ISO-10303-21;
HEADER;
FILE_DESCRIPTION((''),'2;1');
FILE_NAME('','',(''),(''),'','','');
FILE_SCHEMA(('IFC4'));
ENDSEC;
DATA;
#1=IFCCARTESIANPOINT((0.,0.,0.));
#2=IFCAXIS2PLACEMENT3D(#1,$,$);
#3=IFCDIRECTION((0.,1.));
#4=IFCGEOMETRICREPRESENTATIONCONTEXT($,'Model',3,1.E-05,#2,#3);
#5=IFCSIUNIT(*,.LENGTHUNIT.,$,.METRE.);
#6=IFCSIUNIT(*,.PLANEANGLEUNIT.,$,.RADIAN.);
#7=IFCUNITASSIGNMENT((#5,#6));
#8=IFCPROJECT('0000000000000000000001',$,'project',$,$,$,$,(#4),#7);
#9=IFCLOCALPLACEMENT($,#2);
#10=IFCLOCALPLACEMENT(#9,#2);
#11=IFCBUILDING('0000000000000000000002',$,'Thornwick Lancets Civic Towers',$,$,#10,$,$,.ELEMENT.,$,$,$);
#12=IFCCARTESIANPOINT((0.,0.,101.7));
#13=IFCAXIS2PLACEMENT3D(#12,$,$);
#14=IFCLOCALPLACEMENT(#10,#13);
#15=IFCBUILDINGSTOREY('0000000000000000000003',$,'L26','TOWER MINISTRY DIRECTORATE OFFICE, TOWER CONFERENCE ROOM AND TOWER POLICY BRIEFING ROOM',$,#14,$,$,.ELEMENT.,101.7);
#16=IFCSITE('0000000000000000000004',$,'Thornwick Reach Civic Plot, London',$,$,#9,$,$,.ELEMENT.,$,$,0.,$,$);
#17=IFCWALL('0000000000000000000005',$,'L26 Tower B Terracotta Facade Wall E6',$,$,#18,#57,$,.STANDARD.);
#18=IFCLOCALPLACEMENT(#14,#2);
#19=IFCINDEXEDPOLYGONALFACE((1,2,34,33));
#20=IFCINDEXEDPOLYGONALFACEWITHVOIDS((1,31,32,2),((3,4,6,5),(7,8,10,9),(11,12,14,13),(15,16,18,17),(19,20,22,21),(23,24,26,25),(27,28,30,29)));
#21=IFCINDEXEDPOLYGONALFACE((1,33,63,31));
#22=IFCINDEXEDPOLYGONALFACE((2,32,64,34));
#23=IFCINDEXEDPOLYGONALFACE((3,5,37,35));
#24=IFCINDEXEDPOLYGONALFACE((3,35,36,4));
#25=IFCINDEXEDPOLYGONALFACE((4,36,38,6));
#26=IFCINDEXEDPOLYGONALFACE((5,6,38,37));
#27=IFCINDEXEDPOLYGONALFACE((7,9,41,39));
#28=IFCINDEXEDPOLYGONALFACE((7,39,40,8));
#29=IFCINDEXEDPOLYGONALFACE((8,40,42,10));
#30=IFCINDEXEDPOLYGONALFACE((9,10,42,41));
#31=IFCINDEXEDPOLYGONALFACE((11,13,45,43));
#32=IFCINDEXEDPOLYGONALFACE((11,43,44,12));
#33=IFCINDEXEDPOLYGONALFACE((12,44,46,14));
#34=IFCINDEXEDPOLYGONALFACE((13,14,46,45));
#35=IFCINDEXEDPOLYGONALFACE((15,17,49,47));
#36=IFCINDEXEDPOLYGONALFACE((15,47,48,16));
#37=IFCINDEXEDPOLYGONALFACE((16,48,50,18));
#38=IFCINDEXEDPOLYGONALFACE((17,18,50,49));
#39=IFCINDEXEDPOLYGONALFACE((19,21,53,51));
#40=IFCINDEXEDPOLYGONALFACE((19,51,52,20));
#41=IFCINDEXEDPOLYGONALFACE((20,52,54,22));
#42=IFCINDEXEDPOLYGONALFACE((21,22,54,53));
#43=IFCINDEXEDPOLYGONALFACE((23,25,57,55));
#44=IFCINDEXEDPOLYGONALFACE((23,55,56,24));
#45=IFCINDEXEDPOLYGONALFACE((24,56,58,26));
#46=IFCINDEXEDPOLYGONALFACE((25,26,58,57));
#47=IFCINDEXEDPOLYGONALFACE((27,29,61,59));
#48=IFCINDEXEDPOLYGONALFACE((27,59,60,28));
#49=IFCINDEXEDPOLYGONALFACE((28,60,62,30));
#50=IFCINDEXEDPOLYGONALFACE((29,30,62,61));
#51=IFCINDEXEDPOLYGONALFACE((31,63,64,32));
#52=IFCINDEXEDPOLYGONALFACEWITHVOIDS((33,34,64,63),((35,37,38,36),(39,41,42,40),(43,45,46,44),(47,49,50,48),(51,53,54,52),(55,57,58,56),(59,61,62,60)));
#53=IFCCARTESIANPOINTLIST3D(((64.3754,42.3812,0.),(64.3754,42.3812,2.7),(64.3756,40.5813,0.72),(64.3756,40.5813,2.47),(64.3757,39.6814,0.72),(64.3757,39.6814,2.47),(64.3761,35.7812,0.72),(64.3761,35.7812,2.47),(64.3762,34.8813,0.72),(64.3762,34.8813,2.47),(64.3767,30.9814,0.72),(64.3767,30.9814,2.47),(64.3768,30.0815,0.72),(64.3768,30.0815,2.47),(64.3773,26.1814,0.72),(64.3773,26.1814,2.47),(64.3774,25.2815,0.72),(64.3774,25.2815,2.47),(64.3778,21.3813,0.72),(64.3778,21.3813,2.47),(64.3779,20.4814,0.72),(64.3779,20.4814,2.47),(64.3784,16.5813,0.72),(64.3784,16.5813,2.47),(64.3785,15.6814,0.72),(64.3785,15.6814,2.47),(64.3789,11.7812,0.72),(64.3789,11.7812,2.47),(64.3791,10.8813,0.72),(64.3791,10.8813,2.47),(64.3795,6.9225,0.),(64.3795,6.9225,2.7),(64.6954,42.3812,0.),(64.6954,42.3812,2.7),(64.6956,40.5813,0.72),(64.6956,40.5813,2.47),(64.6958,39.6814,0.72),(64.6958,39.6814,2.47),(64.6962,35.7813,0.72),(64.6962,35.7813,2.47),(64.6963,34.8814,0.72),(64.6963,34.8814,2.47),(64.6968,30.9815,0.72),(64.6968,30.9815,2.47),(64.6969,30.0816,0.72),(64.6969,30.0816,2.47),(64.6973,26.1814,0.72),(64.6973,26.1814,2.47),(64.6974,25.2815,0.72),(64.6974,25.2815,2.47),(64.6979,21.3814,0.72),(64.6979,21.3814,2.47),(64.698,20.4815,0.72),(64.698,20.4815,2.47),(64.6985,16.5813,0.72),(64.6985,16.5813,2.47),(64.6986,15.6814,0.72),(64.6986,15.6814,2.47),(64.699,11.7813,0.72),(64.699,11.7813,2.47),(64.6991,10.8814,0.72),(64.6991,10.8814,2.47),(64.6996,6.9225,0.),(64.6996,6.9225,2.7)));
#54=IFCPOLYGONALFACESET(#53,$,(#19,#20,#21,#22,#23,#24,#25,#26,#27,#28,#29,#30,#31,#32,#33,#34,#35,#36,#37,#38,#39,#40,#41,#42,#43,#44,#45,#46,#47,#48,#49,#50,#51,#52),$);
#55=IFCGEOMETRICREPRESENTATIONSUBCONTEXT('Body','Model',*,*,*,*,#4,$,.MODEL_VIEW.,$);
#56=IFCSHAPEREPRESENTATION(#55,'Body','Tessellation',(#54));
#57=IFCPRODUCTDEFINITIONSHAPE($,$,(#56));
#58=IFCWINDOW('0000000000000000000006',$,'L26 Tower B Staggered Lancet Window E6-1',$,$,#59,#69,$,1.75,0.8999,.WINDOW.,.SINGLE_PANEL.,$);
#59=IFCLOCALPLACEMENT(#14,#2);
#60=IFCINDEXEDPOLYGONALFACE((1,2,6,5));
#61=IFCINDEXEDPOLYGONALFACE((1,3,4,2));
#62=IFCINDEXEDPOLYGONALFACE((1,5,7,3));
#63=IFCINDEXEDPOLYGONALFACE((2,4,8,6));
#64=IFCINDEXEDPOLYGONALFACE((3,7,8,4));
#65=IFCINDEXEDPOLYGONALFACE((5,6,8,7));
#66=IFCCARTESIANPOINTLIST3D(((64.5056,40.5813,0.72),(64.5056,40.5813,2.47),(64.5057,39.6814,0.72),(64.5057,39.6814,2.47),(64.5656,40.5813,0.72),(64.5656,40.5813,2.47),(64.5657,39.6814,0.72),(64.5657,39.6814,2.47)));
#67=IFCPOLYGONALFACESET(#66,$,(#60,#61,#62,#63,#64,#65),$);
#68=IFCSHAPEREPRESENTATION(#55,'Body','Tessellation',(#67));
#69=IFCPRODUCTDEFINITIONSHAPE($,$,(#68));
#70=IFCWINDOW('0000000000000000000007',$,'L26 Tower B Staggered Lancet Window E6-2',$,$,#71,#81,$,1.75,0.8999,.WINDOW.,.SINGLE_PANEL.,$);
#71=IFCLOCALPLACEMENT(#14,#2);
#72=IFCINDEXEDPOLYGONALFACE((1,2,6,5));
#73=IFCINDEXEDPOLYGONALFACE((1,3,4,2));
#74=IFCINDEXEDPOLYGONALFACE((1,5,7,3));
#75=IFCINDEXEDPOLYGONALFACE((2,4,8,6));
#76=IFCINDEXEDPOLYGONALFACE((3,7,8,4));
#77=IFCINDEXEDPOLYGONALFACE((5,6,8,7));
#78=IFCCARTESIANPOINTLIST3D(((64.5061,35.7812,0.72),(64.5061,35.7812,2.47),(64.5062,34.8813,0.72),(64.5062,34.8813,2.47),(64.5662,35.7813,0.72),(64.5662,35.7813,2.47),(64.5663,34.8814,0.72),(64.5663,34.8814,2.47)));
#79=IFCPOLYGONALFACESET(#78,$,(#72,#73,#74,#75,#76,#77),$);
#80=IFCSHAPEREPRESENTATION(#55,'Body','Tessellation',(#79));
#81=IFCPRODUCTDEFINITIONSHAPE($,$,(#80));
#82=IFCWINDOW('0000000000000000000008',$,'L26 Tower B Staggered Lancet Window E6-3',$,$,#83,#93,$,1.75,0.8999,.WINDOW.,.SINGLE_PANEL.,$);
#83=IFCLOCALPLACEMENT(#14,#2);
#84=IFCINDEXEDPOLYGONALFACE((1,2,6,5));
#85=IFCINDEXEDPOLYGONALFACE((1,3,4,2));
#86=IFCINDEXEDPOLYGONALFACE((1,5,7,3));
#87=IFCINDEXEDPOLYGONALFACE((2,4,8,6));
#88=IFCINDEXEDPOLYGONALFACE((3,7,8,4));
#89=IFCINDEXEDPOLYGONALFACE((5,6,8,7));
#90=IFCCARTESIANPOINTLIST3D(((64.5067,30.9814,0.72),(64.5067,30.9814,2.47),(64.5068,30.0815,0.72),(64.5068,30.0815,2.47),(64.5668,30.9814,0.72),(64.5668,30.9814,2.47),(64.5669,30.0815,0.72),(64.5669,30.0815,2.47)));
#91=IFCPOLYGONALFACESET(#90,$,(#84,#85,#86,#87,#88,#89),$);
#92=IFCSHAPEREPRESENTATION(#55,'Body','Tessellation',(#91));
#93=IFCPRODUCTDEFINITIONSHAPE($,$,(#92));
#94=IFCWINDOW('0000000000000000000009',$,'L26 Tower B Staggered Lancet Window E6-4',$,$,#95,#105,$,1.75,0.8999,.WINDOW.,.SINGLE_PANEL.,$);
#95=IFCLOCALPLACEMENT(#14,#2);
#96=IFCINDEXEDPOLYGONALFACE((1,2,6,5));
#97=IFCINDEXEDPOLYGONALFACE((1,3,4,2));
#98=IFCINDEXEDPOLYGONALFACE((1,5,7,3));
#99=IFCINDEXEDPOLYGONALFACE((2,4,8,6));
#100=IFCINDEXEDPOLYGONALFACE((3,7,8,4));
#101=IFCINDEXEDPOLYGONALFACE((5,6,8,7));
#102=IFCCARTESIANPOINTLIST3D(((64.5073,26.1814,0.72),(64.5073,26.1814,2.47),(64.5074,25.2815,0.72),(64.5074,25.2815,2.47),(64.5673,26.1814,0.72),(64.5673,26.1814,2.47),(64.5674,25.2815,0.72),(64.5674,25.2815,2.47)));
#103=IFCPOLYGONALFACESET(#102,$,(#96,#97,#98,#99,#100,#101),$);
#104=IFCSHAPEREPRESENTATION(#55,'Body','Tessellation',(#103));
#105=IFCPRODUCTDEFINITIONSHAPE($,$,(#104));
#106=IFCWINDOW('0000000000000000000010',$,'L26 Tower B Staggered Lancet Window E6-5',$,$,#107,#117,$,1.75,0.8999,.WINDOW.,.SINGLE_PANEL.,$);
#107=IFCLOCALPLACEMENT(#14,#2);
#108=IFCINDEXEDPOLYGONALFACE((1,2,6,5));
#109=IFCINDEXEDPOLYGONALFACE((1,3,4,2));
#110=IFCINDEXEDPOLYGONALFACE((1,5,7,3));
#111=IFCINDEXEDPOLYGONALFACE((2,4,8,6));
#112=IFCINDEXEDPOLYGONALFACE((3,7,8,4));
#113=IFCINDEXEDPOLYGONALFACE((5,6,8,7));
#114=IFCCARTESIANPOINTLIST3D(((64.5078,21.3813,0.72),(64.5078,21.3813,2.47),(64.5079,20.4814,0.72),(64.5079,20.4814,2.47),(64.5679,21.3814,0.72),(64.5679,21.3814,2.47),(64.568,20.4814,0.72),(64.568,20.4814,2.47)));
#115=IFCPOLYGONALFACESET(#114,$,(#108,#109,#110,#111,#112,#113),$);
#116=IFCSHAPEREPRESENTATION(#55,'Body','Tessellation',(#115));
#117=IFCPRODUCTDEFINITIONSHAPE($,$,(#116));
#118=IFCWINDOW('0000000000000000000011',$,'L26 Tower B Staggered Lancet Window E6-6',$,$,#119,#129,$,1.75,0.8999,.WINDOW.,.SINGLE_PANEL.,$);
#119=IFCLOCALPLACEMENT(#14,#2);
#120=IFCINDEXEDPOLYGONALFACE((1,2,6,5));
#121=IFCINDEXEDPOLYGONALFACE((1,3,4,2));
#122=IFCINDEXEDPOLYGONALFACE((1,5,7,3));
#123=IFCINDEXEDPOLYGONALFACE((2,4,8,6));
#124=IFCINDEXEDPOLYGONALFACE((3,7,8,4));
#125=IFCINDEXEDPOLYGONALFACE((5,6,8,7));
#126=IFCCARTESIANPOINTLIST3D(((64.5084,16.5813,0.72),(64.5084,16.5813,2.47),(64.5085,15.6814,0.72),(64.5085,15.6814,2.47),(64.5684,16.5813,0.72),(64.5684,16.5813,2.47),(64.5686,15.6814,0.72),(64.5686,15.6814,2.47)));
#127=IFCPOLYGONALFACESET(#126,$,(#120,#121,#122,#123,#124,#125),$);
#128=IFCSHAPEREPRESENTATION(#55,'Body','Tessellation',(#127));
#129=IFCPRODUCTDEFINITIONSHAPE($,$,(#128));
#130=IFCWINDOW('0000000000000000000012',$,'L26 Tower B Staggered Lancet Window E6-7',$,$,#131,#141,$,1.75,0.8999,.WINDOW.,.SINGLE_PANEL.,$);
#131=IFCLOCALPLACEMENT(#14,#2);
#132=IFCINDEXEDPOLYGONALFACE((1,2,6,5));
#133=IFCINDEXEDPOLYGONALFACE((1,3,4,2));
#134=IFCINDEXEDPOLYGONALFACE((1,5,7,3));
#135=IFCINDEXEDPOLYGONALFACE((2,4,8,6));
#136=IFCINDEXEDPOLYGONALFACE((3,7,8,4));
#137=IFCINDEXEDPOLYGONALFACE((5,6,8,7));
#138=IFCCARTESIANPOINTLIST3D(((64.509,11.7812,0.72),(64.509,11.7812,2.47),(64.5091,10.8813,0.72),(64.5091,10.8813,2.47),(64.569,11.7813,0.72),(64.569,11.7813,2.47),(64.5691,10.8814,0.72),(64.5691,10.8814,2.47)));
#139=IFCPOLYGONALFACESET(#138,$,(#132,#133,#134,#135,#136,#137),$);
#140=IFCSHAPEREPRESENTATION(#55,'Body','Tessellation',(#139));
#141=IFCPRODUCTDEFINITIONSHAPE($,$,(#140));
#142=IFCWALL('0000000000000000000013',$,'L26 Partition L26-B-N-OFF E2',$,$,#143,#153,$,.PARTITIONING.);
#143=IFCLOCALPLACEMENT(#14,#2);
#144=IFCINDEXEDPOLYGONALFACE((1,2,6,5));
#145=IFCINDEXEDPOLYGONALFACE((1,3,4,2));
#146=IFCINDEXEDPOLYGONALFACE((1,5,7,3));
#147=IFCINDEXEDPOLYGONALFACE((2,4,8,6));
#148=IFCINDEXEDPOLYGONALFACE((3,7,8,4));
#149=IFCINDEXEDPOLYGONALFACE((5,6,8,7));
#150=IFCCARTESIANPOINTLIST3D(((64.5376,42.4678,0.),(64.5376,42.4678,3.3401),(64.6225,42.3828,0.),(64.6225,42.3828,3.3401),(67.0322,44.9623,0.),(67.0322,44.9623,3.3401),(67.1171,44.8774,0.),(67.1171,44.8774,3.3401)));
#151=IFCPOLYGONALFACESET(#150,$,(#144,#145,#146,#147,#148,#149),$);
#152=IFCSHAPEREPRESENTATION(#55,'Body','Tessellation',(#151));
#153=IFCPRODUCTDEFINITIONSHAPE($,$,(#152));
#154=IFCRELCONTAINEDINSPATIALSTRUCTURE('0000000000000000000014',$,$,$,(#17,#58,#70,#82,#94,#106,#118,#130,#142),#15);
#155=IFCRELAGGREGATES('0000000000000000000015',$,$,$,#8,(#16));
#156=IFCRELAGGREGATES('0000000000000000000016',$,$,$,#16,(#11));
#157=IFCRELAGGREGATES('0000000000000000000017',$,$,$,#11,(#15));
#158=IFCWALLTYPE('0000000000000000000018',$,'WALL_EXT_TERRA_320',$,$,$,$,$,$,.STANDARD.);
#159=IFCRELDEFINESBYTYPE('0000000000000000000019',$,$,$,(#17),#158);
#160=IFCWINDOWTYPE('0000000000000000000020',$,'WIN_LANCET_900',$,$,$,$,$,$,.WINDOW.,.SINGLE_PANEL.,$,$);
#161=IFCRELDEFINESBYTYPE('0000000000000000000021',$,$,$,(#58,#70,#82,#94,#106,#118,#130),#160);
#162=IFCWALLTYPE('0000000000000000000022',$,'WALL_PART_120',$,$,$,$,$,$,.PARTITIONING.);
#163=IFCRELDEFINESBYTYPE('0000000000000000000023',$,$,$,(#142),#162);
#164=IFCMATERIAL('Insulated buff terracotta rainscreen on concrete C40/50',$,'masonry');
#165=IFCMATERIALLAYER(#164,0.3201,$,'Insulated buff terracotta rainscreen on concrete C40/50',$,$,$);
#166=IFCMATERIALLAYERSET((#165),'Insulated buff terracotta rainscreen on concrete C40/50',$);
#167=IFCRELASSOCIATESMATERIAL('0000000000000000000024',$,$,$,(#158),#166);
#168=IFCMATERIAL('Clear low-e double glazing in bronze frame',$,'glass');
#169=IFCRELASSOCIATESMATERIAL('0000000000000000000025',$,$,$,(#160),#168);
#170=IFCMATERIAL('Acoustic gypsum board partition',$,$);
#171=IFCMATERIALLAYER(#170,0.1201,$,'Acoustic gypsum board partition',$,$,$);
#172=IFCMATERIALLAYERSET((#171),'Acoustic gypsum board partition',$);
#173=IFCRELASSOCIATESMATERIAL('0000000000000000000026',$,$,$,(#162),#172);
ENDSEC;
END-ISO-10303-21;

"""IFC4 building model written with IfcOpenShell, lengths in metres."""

from ifc_helpers import new_model, si_unit, direction, frame, frame_2d, origin, place, context, subcontext, project, spatial, rectangle, extrude, material, layer, layer_set, type_object, element, fill, save


model = new_model("IFC4")

# Units and contexts
model_context = context("Model", 3, precision=1e-05, world=origin(), true_north=direction((0.0, 1.0)))
body_context = subcontext(model_context, "Body", "Model", "MODEL_VIEW")
ifc_project = project(units=[si_unit("LENGTHUNIT", "METRE"), si_unit("PLANEANGLEUNIT", "RADIAN")], contexts=[model_context])

# Site, building, storey
site_placement = place(None, origin())
site = spatial("IfcSite", under=ifc_project, at=site_placement, Name="Thornwick Reach Civic Plot, London", CompositionType="ELEMENT", RefElevation=0.0)
building_placement = place(site_placement, origin())
building = spatial("IfcBuilding", under=site, at=building_placement, Name="Thornwick Lancets Civic Towers", CompositionType="ELEMENT")
storey_placement = place(building_placement, frame((0.0, 0.0, 101.7)))
storey = spatial("IfcBuildingStorey", under=building, at=storey_placement, Name="L26", Description="TOWER MINISTRY DIRECTORATE OFFICE, TOWER CONFERENCE ROOM AND TOWER POLICY BRIEFING ROOM", CompositionType="ELEMENT", Elevation=101.7)

# Wall, openings, windows
ifc_material_1 = material(Name="Insulated buff terracotta rainscreen on concrete C40/50", Category="masonry")
ifc_layer_1 = layer(ifc_material_1, 0.3201, Name="Insulated buff terracotta rainscreen on concrete C40/50")
ifc_layer_set_1 = layer_set([ifc_layer_1], Name="Insulated buff terracotta rainscreen on concrete C40/50")
wall_type_1 = type_object("IfcWallType", Name="WALL_EXT_TERRA_320", PredefinedType="STANDARD", material=ifc_layer_set_1)
wall_1_placement = place(storey_placement, frame((64.5354, 42.3813, 0.0), z_axis=(0.0, 0.0, 1.0), x_axis=(0.000117, -1.0, 0.0)))
wall_1 = element("IfcWall", 1, at=wall_1_placement, inside=storey, type_object=wall_type_1, Name="L26 Tower B Terracotta Facade Wall E6", PredefinedType="STANDARD", context=body_context, shape_type="SweptSolid", body=[
    extrude(rectangle(XDim=35.4587, YDim=0.3201, at=frame_2d((17.7295, 0.0))), origin(), (0.0, 0.0, 1.0), 2.7),
])
opening_1_placement = place(wall_1_placement, frame((1.8, 0.0, 0.72)))
opening_1 = element("IfcOpeningElement", 2, at=opening_1_placement, cuts=wall_1, PredefinedType="OPENING", context=body_context, shape_type="SweptSolid", body=[
    extrude(rectangle(XDim=0.8999, YDim=1.75, at=frame_2d((0.45, 0.875))), frame((0.0, 0.1699, 0.0), z_axis=(0.0, -1.0, 0.0), x_axis=(1.0, 0.0, 0.0)), (0.0, 0.0, 1.0), 0.3401),
])
opening_2_placement = place(wall_1_placement, frame((6.6001, 0.0, 0.72)))
opening_2 = element("IfcOpeningElement", 3, at=opening_2_placement, cuts=wall_1, PredefinedType="OPENING", context=body_context, shape_type="SweptSolid", body=[
    extrude(rectangle(XDim=0.8999, YDim=1.75, at=frame_2d((0.45, 0.875))), frame((0.0, 0.1699, 0.0), z_axis=(0.0, -1.0, 0.0), x_axis=(1.0, 0.0, 0.0)), (0.0, 0.0, 1.0), 0.3401),
])
opening_3_placement = place(wall_1_placement, frame((11.3999, 0.0, 0.72)))
opening_3 = element("IfcOpeningElement", 4, at=opening_3_placement, cuts=wall_1, PredefinedType="OPENING", context=body_context, shape_type="SweptSolid", body=[
    extrude(rectangle(XDim=0.8999, YDim=1.75, at=frame_2d((0.45, 0.875))), frame((0.0, 0.1699, 0.0), z_axis=(0.0, -1.0, 0.0), x_axis=(1.0, 0.0, 0.0)), (0.0, 0.0, 1.0), 0.3401),
])
opening_4_placement = place(wall_1_placement, frame((16.2, 0.0, 0.72)))
opening_4 = element("IfcOpeningElement", 5, at=opening_4_placement, cuts=wall_1, PredefinedType="OPENING", context=body_context, shape_type="SweptSolid", body=[
    extrude(rectangle(XDim=0.8999, YDim=1.75, at=frame_2d((0.45, 0.875))), frame((0.0, 0.1699, 0.0), z_axis=(0.0, -1.0, 0.0), x_axis=(1.0, 0.0, 0.0)), (0.0, 0.0, 1.0), 0.3401),
])
opening_5_placement = place(wall_1_placement, frame((21.0, 0.0, 0.72)))
opening_5 = element("IfcOpeningElement", 6, at=opening_5_placement, cuts=wall_1, PredefinedType="OPENING", context=body_context, shape_type="SweptSolid", body=[
    extrude(rectangle(XDim=0.8999, YDim=1.75, at=frame_2d((0.45, 0.875))), frame((0.0, 0.1699, 0.0), z_axis=(0.0, -1.0, 0.0), x_axis=(1.0, 0.0, 0.0)), (0.0, 0.0, 1.0), 0.3401),
])
opening_6_placement = place(wall_1_placement, frame((25.8, 0.0, 0.72)))
opening_6 = element("IfcOpeningElement", 7, at=opening_6_placement, cuts=wall_1, PredefinedType="OPENING", context=body_context, shape_type="SweptSolid", body=[
    extrude(rectangle(XDim=0.8999, YDim=1.75, at=frame_2d((0.45, 0.875))), frame((0.0, 0.1699, 0.0), z_axis=(0.0, -1.0, 0.0), x_axis=(1.0, 0.0, 0.0)), (0.0, 0.0, 1.0), 0.3401),
])
opening_7_placement = place(wall_1_placement, frame((30.6001, 0.0, 0.72)))
opening_7 = element("IfcOpeningElement", 8, at=opening_7_placement, cuts=wall_1, PredefinedType="OPENING", context=body_context, shape_type="SweptSolid", body=[
    extrude(rectangle(XDim=0.8999, YDim=1.75, at=frame_2d((0.45, 0.875))), frame((0.0, 0.1699, 0.0), z_axis=(0.0, -1.0, 0.0), x_axis=(1.0, 0.0, 0.0)), (0.0, 0.0, 1.0), 0.3401),
])
ifc_material_2 = material(Name="Clear low-e double glazing in bronze frame", Category="glass")
window_type = type_object("IfcWindowType", Name="WIN_LANCET_900", PartitioningType="SINGLE_PANEL", PredefinedType="WINDOW", material=ifc_material_2)
window_1_placement = place(opening_1_placement, origin())
window_1 = element("IfcWindow", 9, at=window_1_placement, inside=storey, type_object=window_type, Name="L26 Tower B Staggered Lancet Window E6-1", OverallHeight=1.75, OverallWidth=0.8999, PartitioningType="SINGLE_PANEL", PredefinedType="WINDOW", context=body_context, shape_type="SweptSolid", body=[
    extrude(rectangle(XDim=0.8999, YDim=1.75, at=frame_2d((0.45, 0.875))), frame((0.0, 0.03, 0.0), z_axis=(0.0, -1.0, 0.0), x_axis=(1.0, 0.0, 0.0)), (0.0, 0.0, 1.0), 0.0601),
])
fill(opening_1, window_1)
window_2_placement = place(opening_2_placement, origin())
window_2 = element("IfcWindow", 10, at=window_2_placement, inside=storey, type_object=window_type, Name="L26 Tower B Staggered Lancet Window E6-2", OverallHeight=1.75, OverallWidth=0.8999, PartitioningType="SINGLE_PANEL", PredefinedType="WINDOW", context=body_context, shape_type="SweptSolid", body=[
    extrude(rectangle(XDim=0.8999, YDim=1.75, at=frame_2d((0.45, 0.875))), frame((0.0, 0.03, 0.0), z_axis=(0.0, -1.0, 0.0), x_axis=(1.0, 0.0, 0.0)), (0.0, 0.0, 1.0), 0.0601),
])
fill(opening_2, window_2)
window_3_placement = place(opening_3_placement, origin())
window_3 = element("IfcWindow", 11, at=window_3_placement, inside=storey, type_object=window_type, Name="L26 Tower B Staggered Lancet Window E6-3", OverallHeight=1.75, OverallWidth=0.8999, PartitioningType="SINGLE_PANEL", PredefinedType="WINDOW", context=body_context, shape_type="SweptSolid", body=[
    extrude(rectangle(XDim=0.8999, YDim=1.75, at=frame_2d((0.45, 0.875))), frame((0.0, 0.03, 0.0), z_axis=(0.0, -1.0, 0.0), x_axis=(1.0, 0.0, 0.0)), (0.0, 0.0, 1.0), 0.0601),
])
fill(opening_3, window_3)
window_4_placement = place(opening_4_placement, origin())
window_4 = element("IfcWindow", 12, at=window_4_placement, inside=storey, type_object=window_type, Name="L26 Tower B Staggered Lancet Window E6-4", OverallHeight=1.75, OverallWidth=0.8999, PartitioningType="SINGLE_PANEL", PredefinedType="WINDOW", context=body_context, shape_type="SweptSolid", body=[
    extrude(rectangle(XDim=0.8999, YDim=1.75, at=frame_2d((0.45, 0.875))), frame((0.0, 0.03, 0.0), z_axis=(0.0, -1.0, 0.0), x_axis=(1.0, 0.0, 0.0)), (0.0, 0.0, 1.0), 0.0601),
])
fill(opening_4, window_4)
window_5_placement = place(opening_5_placement, origin())
window_5 = element("IfcWindow", 13, at=window_5_placement, inside=storey, type_object=window_type, Name="L26 Tower B Staggered Lancet Window E6-5", OverallHeight=1.75, OverallWidth=0.8999, PartitioningType="SINGLE_PANEL", PredefinedType="WINDOW", context=body_context, shape_type="SweptSolid", body=[
    extrude(rectangle(XDim=0.8999, YDim=1.75, at=frame_2d((0.45, 0.875))), frame((0.0, 0.03, 0.0), z_axis=(0.0, -1.0, 0.0), x_axis=(1.0, 0.0, 0.0)), (0.0, 0.0, 1.0), 0.0601),
])
fill(opening_5, window_5)
window_6_placement = place(opening_6_placement, origin())
window_6 = element("IfcWindow", 14, at=window_6_placement, inside=storey, type_object=window_type, Name="L26 Tower B Staggered Lancet Window E6-6", OverallHeight=1.75, OverallWidth=0.8999, PartitioningType="SINGLE_PANEL", PredefinedType="WINDOW", context=body_context, shape_type="SweptSolid", body=[
    extrude(rectangle(XDim=0.8999, YDim=1.75, at=frame_2d((0.45, 0.875))), frame((0.0, 0.03, 0.0), z_axis=(0.0, -1.0, 0.0), x_axis=(1.0, 0.0, 0.0)), (0.0, 0.0, 1.0), 0.0601),
])
fill(opening_6, window_6)
window_7_placement = place(opening_7_placement, origin())
window_7 = element("IfcWindow", 15, at=window_7_placement, inside=storey, type_object=window_type, Name="L26 Tower B Staggered Lancet Window E6-7", OverallHeight=1.75, OverallWidth=0.8999, PartitioningType="SINGLE_PANEL", PredefinedType="WINDOW", context=body_context, shape_type="SweptSolid", body=[
    extrude(rectangle(XDim=0.8999, YDim=1.75, at=frame_2d((0.45, 0.875))), frame((0.0, 0.03, 0.0), z_axis=(0.0, -1.0, 0.0), x_axis=(1.0, 0.0, 0.0)), (0.0, 0.0, 1.0), 0.0601),
])
fill(opening_7, window_7)

# Wall
ifc_material_3 = material(Name="Acoustic gypsum board partition")
ifc_layer_2 = layer(ifc_material_3, 0.1201, Name="Acoustic gypsum board partition")
ifc_layer_set_2 = layer_set([ifc_layer_2], Name="Acoustic gypsum board partition")
wall_type_2 = type_object("IfcWallType", Name="WALL_PART_120", PredefinedType="PARTITIONING", material=ifc_layer_set_2)
wall_2_placement = place(storey_placement, frame((64.5801, 42.4253, 0.0), z_axis=(0.0, 0.0, 1.0), x_axis=(0.707107, 0.707107, 0.0)))
element("IfcWall", 16, at=wall_2_placement, inside=storey, type_object=wall_type_2, Name="L26 Partition L26-B-N-OFF E2", PredefinedType="PARTITIONING", context=body_context, shape_type="SweptSolid", body=[
    extrude(rectangle(XDim=3.5278, YDim=0.1201, at=frame_2d((1.7639, 0.0))), origin(), (0.0, 0.0, 1.0), 3.3401),
])

save(model, "model.ifc")
